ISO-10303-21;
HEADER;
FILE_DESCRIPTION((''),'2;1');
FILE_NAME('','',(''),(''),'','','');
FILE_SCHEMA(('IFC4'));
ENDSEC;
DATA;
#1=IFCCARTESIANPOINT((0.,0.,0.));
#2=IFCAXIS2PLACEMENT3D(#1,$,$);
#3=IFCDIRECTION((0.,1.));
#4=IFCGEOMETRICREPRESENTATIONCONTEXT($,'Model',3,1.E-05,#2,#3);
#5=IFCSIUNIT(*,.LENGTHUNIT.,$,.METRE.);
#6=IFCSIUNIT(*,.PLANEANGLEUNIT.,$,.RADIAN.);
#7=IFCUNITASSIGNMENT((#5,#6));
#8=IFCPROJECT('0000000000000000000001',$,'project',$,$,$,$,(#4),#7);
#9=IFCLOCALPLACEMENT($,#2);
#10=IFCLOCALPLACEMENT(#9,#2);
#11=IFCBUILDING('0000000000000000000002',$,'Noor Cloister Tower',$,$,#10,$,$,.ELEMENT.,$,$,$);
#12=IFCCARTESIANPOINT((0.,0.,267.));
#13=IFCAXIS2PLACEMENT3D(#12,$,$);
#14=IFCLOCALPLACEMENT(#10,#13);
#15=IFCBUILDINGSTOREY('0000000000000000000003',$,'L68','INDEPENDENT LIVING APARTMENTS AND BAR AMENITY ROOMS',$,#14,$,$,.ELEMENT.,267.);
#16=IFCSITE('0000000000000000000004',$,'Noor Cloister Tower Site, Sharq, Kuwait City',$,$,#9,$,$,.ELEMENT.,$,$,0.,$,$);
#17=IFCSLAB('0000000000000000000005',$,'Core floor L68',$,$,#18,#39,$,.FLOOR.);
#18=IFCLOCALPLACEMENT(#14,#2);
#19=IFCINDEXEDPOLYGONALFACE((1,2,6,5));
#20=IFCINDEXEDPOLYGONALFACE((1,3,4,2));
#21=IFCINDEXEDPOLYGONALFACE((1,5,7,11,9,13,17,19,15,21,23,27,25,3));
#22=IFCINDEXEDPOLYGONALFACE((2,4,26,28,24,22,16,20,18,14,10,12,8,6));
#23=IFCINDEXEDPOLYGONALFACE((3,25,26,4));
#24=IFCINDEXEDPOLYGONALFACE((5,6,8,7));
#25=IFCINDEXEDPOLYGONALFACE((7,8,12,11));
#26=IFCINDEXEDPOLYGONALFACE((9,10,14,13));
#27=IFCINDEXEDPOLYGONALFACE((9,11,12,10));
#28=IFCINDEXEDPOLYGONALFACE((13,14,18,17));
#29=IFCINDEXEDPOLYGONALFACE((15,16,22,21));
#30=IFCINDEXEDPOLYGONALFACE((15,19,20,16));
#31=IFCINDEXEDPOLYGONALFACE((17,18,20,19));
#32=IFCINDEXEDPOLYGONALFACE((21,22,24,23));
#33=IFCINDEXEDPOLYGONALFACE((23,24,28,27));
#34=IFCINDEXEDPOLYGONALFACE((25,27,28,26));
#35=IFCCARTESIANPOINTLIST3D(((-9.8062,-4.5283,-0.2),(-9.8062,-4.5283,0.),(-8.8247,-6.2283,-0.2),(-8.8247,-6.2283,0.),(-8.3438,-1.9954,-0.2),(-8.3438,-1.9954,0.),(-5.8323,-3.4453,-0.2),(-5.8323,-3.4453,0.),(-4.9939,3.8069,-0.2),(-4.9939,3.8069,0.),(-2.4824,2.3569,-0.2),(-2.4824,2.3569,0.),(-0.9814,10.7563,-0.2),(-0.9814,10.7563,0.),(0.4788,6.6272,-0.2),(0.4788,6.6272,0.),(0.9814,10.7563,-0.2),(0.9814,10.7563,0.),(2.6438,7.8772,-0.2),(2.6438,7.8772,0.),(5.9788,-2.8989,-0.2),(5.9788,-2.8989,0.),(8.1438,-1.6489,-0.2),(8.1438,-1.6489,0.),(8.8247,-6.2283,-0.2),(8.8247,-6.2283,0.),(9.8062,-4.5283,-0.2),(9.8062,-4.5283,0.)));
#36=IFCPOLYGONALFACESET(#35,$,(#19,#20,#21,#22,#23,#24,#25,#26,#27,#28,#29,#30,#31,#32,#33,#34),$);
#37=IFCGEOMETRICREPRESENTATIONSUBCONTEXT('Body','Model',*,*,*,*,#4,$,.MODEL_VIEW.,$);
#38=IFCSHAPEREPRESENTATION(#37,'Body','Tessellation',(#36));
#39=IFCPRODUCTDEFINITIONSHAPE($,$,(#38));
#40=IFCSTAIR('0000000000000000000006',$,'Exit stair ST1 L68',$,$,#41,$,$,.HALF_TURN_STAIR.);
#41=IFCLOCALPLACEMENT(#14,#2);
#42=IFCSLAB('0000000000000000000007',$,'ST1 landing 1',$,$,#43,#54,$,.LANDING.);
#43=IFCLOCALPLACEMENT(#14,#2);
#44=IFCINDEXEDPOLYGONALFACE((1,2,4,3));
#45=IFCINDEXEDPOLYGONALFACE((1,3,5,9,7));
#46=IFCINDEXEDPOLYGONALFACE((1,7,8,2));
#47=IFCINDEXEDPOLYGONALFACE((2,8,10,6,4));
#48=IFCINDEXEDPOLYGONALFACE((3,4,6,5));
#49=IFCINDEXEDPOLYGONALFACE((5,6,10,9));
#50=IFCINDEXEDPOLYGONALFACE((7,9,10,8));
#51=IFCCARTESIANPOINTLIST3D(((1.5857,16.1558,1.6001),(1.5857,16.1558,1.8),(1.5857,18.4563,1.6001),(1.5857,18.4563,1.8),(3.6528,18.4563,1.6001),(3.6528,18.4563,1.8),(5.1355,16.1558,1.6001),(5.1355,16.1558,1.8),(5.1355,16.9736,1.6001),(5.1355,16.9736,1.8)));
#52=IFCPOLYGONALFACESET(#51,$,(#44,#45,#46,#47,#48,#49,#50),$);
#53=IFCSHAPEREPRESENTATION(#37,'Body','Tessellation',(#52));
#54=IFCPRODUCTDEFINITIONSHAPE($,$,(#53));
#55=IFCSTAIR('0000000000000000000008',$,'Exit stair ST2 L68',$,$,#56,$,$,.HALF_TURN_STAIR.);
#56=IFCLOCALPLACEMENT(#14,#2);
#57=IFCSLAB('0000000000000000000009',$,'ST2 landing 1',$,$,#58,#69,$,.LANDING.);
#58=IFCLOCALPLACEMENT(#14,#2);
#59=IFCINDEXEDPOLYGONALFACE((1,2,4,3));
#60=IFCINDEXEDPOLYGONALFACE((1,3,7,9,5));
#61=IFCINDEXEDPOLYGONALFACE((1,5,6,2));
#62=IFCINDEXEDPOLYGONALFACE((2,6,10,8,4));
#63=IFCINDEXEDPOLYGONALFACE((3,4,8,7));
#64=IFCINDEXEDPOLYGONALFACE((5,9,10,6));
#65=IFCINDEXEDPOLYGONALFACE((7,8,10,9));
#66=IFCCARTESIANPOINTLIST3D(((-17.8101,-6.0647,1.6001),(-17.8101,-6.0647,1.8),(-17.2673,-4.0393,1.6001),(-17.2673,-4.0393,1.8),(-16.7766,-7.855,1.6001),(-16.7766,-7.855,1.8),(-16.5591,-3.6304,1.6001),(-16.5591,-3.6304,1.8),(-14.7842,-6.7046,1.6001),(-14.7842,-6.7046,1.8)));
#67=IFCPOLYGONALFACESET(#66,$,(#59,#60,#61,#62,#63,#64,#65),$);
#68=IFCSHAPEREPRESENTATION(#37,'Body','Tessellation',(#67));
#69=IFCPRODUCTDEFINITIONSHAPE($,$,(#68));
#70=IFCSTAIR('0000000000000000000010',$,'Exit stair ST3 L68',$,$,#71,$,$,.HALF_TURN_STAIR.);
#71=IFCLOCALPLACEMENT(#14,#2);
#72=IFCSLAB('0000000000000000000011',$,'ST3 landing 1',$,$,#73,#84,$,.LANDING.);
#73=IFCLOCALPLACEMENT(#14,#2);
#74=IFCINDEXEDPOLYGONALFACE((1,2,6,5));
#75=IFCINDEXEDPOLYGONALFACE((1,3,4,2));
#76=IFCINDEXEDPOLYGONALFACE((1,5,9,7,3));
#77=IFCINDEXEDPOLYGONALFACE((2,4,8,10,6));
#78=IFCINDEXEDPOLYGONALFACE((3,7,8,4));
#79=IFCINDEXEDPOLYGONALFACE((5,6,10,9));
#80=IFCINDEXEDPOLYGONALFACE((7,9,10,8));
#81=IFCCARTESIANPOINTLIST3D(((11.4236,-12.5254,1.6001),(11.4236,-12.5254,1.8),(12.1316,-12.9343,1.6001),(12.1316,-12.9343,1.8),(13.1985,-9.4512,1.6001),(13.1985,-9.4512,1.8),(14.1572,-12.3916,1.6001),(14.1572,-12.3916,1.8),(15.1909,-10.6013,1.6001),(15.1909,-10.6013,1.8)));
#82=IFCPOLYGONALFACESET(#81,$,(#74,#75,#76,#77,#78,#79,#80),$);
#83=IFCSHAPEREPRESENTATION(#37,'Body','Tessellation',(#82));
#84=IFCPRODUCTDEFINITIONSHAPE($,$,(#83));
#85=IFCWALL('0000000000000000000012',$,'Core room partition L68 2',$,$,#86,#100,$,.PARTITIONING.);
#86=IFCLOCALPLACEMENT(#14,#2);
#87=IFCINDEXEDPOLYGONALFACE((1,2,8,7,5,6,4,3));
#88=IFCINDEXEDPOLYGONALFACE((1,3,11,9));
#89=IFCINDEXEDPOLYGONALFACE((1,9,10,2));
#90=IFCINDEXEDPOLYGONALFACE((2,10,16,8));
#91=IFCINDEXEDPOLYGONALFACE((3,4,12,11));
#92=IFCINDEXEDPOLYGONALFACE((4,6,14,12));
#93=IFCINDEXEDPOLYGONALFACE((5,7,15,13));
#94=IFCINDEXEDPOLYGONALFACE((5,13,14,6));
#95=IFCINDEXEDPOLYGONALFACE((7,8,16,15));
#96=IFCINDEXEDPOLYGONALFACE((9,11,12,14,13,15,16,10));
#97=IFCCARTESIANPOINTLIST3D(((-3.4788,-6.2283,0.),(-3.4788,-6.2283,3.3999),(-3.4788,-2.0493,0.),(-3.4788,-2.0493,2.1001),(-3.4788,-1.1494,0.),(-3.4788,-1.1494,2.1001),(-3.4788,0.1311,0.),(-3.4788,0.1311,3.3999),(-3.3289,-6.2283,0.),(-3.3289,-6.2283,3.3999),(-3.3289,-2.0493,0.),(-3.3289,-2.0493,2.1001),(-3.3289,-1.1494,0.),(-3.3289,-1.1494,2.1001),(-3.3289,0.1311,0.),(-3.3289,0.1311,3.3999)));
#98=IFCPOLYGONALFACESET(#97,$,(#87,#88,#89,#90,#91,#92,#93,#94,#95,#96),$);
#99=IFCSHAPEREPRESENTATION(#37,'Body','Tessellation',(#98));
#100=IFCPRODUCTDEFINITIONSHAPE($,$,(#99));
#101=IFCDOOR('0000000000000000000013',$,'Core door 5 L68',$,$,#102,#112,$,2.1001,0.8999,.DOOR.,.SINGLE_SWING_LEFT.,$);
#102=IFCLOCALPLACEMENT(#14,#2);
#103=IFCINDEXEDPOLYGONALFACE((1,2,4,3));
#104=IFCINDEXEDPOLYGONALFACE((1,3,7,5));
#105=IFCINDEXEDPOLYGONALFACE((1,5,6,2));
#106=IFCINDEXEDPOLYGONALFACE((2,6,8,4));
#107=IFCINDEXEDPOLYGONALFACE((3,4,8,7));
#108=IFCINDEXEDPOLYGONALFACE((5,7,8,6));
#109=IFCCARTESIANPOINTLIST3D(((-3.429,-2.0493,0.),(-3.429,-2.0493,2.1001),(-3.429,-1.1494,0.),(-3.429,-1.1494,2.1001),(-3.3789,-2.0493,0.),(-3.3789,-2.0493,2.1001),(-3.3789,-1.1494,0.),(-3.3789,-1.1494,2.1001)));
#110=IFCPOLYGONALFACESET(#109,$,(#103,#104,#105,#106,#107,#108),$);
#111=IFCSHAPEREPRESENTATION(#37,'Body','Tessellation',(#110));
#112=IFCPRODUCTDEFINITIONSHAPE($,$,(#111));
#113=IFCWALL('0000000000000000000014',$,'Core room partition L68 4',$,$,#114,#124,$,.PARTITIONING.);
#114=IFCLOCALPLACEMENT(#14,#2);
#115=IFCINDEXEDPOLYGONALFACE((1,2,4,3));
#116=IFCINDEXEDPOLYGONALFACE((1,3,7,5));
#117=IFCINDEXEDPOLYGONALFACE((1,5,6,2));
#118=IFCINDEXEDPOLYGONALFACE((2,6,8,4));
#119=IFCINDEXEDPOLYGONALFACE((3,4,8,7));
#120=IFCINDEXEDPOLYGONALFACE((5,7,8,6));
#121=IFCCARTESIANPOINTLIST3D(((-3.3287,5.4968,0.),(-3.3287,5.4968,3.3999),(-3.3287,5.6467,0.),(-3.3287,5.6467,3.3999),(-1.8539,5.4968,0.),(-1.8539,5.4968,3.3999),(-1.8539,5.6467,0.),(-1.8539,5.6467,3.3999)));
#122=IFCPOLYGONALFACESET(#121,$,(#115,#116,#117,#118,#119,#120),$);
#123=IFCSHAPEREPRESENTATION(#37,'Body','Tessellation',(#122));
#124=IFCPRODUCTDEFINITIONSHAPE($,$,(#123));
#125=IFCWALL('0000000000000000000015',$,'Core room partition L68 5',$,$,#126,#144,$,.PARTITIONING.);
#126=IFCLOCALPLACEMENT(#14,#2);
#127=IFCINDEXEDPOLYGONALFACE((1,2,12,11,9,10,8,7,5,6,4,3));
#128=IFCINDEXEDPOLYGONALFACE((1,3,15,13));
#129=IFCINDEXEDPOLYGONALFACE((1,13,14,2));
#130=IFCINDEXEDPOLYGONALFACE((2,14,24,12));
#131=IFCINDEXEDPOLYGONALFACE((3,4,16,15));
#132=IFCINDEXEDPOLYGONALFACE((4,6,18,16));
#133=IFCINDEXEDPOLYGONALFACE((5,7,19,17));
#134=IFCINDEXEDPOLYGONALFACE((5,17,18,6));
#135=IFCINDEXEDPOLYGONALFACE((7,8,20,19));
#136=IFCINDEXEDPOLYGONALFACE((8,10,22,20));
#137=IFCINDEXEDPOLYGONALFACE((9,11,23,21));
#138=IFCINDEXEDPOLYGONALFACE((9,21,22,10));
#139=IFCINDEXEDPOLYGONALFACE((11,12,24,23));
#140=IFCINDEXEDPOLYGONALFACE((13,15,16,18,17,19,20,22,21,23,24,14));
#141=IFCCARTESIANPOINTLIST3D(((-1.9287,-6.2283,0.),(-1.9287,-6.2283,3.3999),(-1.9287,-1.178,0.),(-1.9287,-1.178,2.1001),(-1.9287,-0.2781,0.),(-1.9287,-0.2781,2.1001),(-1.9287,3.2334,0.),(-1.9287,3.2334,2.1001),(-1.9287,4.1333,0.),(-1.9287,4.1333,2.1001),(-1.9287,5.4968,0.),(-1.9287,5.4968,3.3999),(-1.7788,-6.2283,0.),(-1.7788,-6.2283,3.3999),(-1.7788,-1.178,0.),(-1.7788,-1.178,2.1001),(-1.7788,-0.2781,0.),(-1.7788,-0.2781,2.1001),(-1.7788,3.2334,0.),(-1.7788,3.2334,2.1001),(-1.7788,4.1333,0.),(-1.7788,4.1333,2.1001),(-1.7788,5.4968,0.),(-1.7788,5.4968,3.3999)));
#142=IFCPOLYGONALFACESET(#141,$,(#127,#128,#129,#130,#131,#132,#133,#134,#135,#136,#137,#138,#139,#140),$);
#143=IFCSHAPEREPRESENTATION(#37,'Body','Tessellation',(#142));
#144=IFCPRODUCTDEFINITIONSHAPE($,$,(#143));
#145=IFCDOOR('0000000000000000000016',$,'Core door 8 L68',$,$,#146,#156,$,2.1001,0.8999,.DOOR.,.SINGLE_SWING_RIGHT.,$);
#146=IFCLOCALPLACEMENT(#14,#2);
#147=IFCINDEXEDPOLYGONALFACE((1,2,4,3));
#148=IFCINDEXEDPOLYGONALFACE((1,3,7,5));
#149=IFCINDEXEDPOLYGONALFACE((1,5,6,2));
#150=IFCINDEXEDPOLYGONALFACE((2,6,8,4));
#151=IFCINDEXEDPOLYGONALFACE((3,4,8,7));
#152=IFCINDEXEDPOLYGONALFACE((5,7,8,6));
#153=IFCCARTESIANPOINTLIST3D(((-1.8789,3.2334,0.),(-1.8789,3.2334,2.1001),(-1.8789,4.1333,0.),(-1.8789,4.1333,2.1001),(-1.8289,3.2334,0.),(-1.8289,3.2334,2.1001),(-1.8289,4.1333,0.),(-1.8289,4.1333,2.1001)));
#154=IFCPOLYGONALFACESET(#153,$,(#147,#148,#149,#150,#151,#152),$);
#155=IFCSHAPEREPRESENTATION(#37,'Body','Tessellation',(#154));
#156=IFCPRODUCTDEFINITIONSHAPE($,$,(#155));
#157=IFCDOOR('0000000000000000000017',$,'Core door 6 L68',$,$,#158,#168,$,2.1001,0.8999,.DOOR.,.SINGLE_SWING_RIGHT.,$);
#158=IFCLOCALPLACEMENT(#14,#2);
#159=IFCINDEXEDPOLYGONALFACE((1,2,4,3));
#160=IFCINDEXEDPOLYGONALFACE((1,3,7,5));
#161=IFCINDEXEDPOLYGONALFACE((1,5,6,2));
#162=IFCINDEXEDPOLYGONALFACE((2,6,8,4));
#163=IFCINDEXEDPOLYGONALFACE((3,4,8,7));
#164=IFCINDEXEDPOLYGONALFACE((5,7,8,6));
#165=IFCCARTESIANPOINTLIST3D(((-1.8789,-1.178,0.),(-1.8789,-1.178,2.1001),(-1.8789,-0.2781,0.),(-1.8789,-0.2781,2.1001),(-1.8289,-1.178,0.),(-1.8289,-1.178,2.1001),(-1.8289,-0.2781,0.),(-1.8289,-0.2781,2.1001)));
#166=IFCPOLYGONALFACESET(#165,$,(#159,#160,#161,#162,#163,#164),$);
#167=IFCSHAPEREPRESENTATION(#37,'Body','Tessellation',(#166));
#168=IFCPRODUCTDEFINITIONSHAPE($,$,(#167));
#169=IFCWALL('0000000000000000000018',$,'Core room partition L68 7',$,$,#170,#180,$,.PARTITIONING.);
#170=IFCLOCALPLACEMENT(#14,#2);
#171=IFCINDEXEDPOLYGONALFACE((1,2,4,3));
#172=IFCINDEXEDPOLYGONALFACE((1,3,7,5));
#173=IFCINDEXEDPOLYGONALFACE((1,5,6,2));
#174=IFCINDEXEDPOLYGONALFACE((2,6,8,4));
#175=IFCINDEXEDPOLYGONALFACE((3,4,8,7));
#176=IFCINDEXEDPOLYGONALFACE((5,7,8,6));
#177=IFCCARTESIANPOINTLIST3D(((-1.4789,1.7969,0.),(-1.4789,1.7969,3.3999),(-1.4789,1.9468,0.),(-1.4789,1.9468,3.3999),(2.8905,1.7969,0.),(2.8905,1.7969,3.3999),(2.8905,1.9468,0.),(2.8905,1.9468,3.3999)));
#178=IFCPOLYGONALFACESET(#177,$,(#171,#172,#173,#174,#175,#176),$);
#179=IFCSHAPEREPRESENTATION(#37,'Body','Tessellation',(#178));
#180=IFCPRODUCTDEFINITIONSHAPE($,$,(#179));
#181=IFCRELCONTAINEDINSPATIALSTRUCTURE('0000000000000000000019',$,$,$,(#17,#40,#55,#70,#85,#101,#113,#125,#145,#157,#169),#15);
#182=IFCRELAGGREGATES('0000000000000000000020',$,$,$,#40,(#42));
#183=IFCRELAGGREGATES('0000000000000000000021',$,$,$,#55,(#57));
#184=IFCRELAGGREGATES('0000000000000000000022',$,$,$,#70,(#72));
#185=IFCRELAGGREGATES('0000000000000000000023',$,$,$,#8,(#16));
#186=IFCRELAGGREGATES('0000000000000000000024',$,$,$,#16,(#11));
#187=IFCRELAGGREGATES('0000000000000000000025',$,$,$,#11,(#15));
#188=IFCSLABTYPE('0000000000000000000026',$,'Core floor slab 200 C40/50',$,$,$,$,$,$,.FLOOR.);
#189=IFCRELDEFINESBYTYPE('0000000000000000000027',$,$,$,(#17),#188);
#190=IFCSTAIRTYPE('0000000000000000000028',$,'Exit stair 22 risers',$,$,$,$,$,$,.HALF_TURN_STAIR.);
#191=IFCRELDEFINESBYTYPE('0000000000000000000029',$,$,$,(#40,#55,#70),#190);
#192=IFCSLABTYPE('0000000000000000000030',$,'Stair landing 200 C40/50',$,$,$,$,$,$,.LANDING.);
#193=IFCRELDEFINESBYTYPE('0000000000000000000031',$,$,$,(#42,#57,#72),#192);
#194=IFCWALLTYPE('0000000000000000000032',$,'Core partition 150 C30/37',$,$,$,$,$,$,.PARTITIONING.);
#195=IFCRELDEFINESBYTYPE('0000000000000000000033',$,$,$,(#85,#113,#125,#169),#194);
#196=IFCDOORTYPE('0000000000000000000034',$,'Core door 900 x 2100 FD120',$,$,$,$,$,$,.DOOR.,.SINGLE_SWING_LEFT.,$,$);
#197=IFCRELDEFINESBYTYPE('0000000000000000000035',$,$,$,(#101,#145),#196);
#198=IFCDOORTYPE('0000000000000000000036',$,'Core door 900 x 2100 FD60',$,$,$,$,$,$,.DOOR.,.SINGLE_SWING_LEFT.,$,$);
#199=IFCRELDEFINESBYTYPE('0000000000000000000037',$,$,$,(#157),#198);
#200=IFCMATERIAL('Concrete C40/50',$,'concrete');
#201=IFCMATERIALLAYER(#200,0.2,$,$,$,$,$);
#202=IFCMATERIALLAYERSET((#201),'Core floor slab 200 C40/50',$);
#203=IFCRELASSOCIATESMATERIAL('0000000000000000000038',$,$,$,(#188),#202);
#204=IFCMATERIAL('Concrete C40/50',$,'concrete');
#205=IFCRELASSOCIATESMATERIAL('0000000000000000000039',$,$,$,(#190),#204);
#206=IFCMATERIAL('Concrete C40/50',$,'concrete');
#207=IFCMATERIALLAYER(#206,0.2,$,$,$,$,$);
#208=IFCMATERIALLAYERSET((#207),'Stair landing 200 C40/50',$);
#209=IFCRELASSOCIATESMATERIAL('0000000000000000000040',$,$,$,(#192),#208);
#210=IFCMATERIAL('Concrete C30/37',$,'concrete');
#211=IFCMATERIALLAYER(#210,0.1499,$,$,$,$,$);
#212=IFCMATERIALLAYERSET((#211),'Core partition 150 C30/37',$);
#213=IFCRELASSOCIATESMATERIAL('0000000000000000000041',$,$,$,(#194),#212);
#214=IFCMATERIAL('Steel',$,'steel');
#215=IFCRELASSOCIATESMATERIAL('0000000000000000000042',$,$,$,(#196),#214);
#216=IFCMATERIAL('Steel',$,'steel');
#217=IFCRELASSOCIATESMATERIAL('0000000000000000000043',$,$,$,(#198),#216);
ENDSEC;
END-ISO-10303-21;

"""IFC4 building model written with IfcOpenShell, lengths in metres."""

from ifc_helpers import new_model, si_unit, direction, frame, frame_2d, origin, place, context, subcontext, project, spatial, polyline, rectangle, outline, extrude, material, layer, layer_set, type_object, element, fill, aggregate, save


model = new_model("IFC4")

# Units and contexts
model_context = context("Model", 3, precision=1e-05, world=origin(), true_north=direction((0.0, 1.0)))
body_context = subcontext(model_context, "Body", "Model", "MODEL_VIEW")
ifc_project = project(units=[si_unit("LENGTHUNIT", "METRE"), si_unit("PLANEANGLEUNIT", "RADIAN")], contexts=[model_context])

# Site, building, storey
site_placement = place(None, origin())
site = spatial("IfcSite", under=ifc_project, at=site_placement, Name="Noor Cloister Tower Site, Sharq, Kuwait City", CompositionType="ELEMENT", RefElevation=0.0)
building_placement = place(site_placement, origin())
building = spatial("IfcBuilding", under=site, at=building_placement, Name="Noor Cloister Tower", CompositionType="ELEMENT")
storey_placement = place(building_placement, frame((0.0, 0.0, 267.0)))
storey = spatial("IfcBuildingStorey", under=building, at=storey_placement, Name="L68", Description="INDEPENDENT LIVING APARTMENTS AND BAR AMENITY ROOMS", CompositionType="ELEMENT", Elevation=267.0)

# Slab
ifc_material_1 = material(Name="Concrete C40/50", Category="concrete")
ifc_layer_1 = layer(ifc_material_1, 0.2)
ifc_layer_set_1 = layer_set([ifc_layer_1], Name="Core floor slab 200 C40/50")
slab_type_1 = type_object("IfcSlabType", Name="Core floor slab 200 C40/50", PredefinedType="FLOOR", material=ifc_layer_set_1)
slab_1_placement = place(storey_placement, frame((0.0, 0.0, -0.2)))
element("IfcSlab", 1, at=slab_1_placement, inside=storey, type_object=slab_type_1, Name="Core floor L68", PredefinedType="FLOOR", context=body_context, shape_type="SweptSolid", body=[
    extrude(outline(polyline([(2.6438, 7.8772), (0.9814, 10.7563), (-0.9814, 10.7563), (-4.9939, 3.8069), (-2.4824, 2.3569), (-5.8323, -3.4453), (-8.3438, -1.9954), (-9.8062, -4.5283), (-8.8247, -6.2283), (8.8247, -6.2283), (9.8062, -4.5283), (8.1438, -1.6489), (5.9788, -2.8989), (0.4788, 6.6272), (2.6438, 7.8772)])), origin(), (0.0, 0.0, 1.0), 0.2),
])

# Stairs, slabs
ifc_material_2 = material(Name="Concrete C40/50", Category="concrete")
stair_type = type_object("IfcStairType", Name="Exit stair 22 risers", PredefinedType="HALF_TURN_STAIR", material=ifc_material_2)
stair_1_placement = place(storey_placement, origin())
stair_1 = element("IfcStair", 2, at=stair_1_placement, inside=storey, type_object=stair_type, Name="Exit stair ST1 L68", PredefinedType="HALF_TURN_STAIR")
ifc_material_3 = material(Name="Concrete C40/50", Category="concrete")
ifc_layer_2 = layer(ifc_material_3, 0.2)
ifc_layer_set_2 = layer_set([ifc_layer_2], Name="Stair landing 200 C40/50")
slab_type_2 = type_object("IfcSlabType", Name="Stair landing 200 C40/50", PredefinedType="LANDING", material=ifc_layer_set_2)
slab_2_placement = place(storey_placement, frame((0.0, 0.0, 1.6001)))
slab_2 = element("IfcSlab", 3, at=slab_2_placement, type_object=slab_type_2, Name="ST1 landing 1", PredefinedType="LANDING", context=body_context, shape_type="SweptSolid", body=[
    extrude(outline(polyline([(5.1355, 16.1558), (5.1355, 16.9736), (3.6528, 18.4563), (1.5857, 18.4563), (1.5857, 16.1558), (5.1355, 16.1558)])), origin(), (0.0, 0.0, 1.0), 0.2),
])
aggregate(stair_1, [slab_2])
stair_2_placement = place(storey_placement, origin())
stair_2 = element("IfcStair", 4, at=stair_2_placement, inside=storey, type_object=stair_type, Name="Exit stair ST2 L68", PredefinedType="HALF_TURN_STAIR")
slab_3_placement = place(storey_placement, frame((0.0, 0.0, 1.6001)))
slab_3 = element("IfcSlab", 5, at=slab_3_placement, type_object=slab_type_2, Name="ST2 landing 1", PredefinedType="LANDING", context=body_context, shape_type="SweptSolid", body=[
    extrude(outline(polyline([(-16.5591, -3.6304), (-17.2673, -4.0393), (-17.8101, -6.0647), (-16.7766, -7.855), (-14.7842, -6.7046), (-16.5591, -3.6304)])), origin(), (0.0, 0.0, 1.0), 0.2),
])
aggregate(stair_2, [slab_3])
stair_3_placement = place(storey_placement, origin())
stair_3 = element("IfcStair", 6, at=stair_3_placement, inside=storey, type_object=stair_type, Name="Exit stair ST3 L68", PredefinedType="HALF_TURN_STAIR")
slab_4_placement = place(storey_placement, frame((0.0, 0.0, 1.6001)))
slab_4 = element("IfcSlab", 7, at=slab_4_placement, type_object=slab_type_2, Name="ST3 landing 1", PredefinedType="LANDING", context=body_context, shape_type="SweptSolid", body=[
    extrude(outline(polyline([(11.4236, -12.5254), (12.1316, -12.9343), (14.1572, -12.3916), (15.1909, -10.6013), (13.1985, -9.4512), (11.4236, -12.5254)])), origin(), (0.0, 0.0, 1.0), 0.2),
])
aggregate(stair_3, [slab_4])

# Wall, opening, door
ifc_material_4 = material(Name="Concrete C30/37", Category="concrete")
ifc_layer_3 = layer(ifc_material_4, 0.1499)
ifc_layer_set_3 = layer_set([ifc_layer_3], Name="Core partition 150 C30/37")
wall_type_1 = type_object("IfcWallType", Name="Core partition 150 C30/37", PredefinedType="PARTITIONING", material=ifc_layer_set_3)
wall_1_placement = place(storey_placement, frame((-3.4038, 0.1311, 0.0), z_axis=(0.0, 0.0, 1.0), x_axis=(0.0, -1.0, 0.0)))
wall_1 = element("IfcWall", 8, at=wall_1_placement, inside=storey, type_object=wall_type_1, Name="Core room partition L68 2", PredefinedType="PARTITIONING", context=body_context, shape_type="SweptSolid", body=[
    extrude(rectangle(XDim=6.3594, YDim=0.1499, at=frame_2d((3.1797, 0.0))), origin(), (0.0, 0.0, 1.0), 3.3999),
])
opening_1_placement = place(wall_1_placement, frame((1.2805, 0.0, 0.0)))
opening_1 = element("IfcOpeningElement", 9, at=opening_1_placement, cuts=wall_1, PredefinedType="OPENING", context=body_context, shape_type="SweptSolid", body=[
    extrude(rectangle(XDim=0.8999, YDim=2.1001, at=frame_2d((0.45, 1.05))), frame((0.0, 0.085, 0.0), z_axis=(0.0, -1.0, 0.0), x_axis=(1.0, 0.0, 0.0)), (0.0, 0.0, 1.0), 0.1699),
])
ifc_material_5 = material(Name="Steel", Category="steel")
door_type_1 = type_object("IfcDoorType", Name="Core door 900 x 2100 FD120", OperationType="SINGLE_SWING_LEFT", PredefinedType="DOOR", material=ifc_material_5)
door_1_placement = place(opening_1_placement, origin())
door_1 = element("IfcDoor", 10, at=door_1_placement, inside=storey, type_object=door_type_1, Name="Core door 5 L68", OperationType="SINGLE_SWING_LEFT", OverallHeight=2.1001, OverallWidth=0.8999, PredefinedType="DOOR", context=body_context, shape_type="SweptSolid", body=[
    extrude(rectangle(XDim=0.8999, YDim=2.1001, at=frame_2d((0.45, 1.05))), frame((0.0, 0.0249, 0.0), z_axis=(0.0, -1.0, 0.0), x_axis=(1.0, 0.0, 0.0)), (0.0, 0.0, 1.0), 0.05),
])
fill(opening_1, door_1)

# Wall
wall_2_placement = place(storey_placement, frame((-3.3286, 5.5718, 0.0), z_axis=(0.0, 0.0, 1.0), x_axis=(1.0, 0.0, 0.0)))
element("IfcWall", 11, at=wall_2_placement, inside=storey, type_object=wall_type_1, Name="Core room partition L68 4", PredefinedType="PARTITIONING", context=body_context, shape_type="SweptSolid", body=[
    extrude(rectangle(XDim=1.4749, YDim=0.1499, at=frame_2d((0.7373, 0.0))), origin(), (0.0, 0.0, 1.0), 3.3999),
])

# Wall, openings, doors
wall_3_placement = place(storey_placement, frame((-1.8538, 5.4968, 0.0), z_axis=(0.0, 0.0, 1.0), x_axis=(0.0, -1.0, 0.0)))
wall_3 = element("IfcWall", 12, at=wall_3_placement, inside=storey, type_object=wall_type_1, Name="Core room partition L68 5", PredefinedType="PARTITIONING", context=body_context, shape_type="SweptSolid", body=[
    extrude(rectangle(XDim=11.7251, YDim=0.1499, at=frame_2d((5.8625, 0.0))), origin(), (0.0, 0.0, 1.0), 3.3999),
])
opening_2_placement = place(wall_3_placement, frame((5.7749, 0.0, 0.0)))
opening_2 = element("IfcOpeningElement", 13, at=opening_2_placement, cuts=wall_3, PredefinedType="OPENING", context=body_context, shape_type="SweptSolid", body=[
    extrude(rectangle(XDim=0.8999, YDim=2.1001, at=frame_2d((0.45, 1.05))), frame((0.0, 0.085, 0.0), z_axis=(0.0, -1.0, 0.0), x_axis=(1.0, 0.0, 0.0)), (0.0, 0.0, 1.0), 0.1699),
])
opening_3_placement = place(wall_3_placement, frame((1.3635, 0.0, 0.0)))
opening_3 = element("IfcOpeningElement", 14, at=opening_3_placement, cuts=wall_3, PredefinedType="OPENING", context=body_context, shape_type="SweptSolid", body=[
    extrude(rectangle(XDim=0.8999, YDim=2.1001, at=frame_2d((0.45, 1.05))), frame((0.0, 0.085, 0.0), z_axis=(0.0, -1.0, 0.0), x_axis=(1.0, 0.0, 0.0)), (0.0, 0.0, 1.0), 0.1699),
])
door_2_placement = place(opening_3_placement, origin())
door_2 = element("IfcDoor", 15, at=door_2_placement, inside=storey, type_object=door_type_1, Name="Core door 8 L68", OperationType="SINGLE_SWING_RIGHT", OverallHeight=2.1001, OverallWidth=0.8999, PredefinedType="DOOR", context=body_context, shape_type="SweptSolid", body=[
    extrude(rectangle(XDim=0.8999, YDim=2.1001, at=frame_2d((0.45, 1.05))), frame((0.0, 0.0249, 0.0), z_axis=(0.0, -1.0, 0.0), x_axis=(1.0, 0.0, 0.0)), (0.0, 0.0, 1.0), 0.05),
])
fill(opening_3, door_2)
ifc_material_6 = material(Name="Steel", Category="steel")
door_type_2 = type_object("IfcDoorType", Name="Core door 900 x 2100 FD60", OperationType="SINGLE_SWING_LEFT", PredefinedType="DOOR", material=ifc_material_6)
door_3_placement = place(opening_2_placement, origin())
door_3 = element("IfcDoor", 16, at=door_3_placement, inside=storey, type_object=door_type_2, Name="Core door 6 L68", OperationType="SINGLE_SWING_RIGHT", OverallHeight=2.1001, OverallWidth=0.8999, PredefinedType="DOOR", context=body_context, shape_type="SweptSolid", body=[
    extrude(rectangle(XDim=0.8999, YDim=2.1001, at=frame_2d((0.45, 1.05))), frame((0.0, 0.0249, 0.0), z_axis=(0.0, -1.0, 0.0), x_axis=(1.0, 0.0, 0.0)), (0.0, 0.0, 1.0), 0.05),
])
fill(opening_2, door_3)

# Wall
wall_4_placement = place(storey_placement, frame((-1.4788, 1.8718, 0.0), z_axis=(0.0, 0.0, 1.0), x_axis=(1.0, 0.0, 0.0)))
element("IfcWall", 17, at=wall_4_placement, inside=storey, type_object=wall_type_1, Name="Core room partition L68 7", PredefinedType="PARTITIONING", context=body_context, shape_type="SweptSolid", body=[
    extrude(rectangle(XDim=4.3694, YDim=0.1499, at=frame_2d((2.1846, 0.0))), origin(), (0.0, 0.0, 1.0), 3.3999),
])

save(model, "model.ifc")
